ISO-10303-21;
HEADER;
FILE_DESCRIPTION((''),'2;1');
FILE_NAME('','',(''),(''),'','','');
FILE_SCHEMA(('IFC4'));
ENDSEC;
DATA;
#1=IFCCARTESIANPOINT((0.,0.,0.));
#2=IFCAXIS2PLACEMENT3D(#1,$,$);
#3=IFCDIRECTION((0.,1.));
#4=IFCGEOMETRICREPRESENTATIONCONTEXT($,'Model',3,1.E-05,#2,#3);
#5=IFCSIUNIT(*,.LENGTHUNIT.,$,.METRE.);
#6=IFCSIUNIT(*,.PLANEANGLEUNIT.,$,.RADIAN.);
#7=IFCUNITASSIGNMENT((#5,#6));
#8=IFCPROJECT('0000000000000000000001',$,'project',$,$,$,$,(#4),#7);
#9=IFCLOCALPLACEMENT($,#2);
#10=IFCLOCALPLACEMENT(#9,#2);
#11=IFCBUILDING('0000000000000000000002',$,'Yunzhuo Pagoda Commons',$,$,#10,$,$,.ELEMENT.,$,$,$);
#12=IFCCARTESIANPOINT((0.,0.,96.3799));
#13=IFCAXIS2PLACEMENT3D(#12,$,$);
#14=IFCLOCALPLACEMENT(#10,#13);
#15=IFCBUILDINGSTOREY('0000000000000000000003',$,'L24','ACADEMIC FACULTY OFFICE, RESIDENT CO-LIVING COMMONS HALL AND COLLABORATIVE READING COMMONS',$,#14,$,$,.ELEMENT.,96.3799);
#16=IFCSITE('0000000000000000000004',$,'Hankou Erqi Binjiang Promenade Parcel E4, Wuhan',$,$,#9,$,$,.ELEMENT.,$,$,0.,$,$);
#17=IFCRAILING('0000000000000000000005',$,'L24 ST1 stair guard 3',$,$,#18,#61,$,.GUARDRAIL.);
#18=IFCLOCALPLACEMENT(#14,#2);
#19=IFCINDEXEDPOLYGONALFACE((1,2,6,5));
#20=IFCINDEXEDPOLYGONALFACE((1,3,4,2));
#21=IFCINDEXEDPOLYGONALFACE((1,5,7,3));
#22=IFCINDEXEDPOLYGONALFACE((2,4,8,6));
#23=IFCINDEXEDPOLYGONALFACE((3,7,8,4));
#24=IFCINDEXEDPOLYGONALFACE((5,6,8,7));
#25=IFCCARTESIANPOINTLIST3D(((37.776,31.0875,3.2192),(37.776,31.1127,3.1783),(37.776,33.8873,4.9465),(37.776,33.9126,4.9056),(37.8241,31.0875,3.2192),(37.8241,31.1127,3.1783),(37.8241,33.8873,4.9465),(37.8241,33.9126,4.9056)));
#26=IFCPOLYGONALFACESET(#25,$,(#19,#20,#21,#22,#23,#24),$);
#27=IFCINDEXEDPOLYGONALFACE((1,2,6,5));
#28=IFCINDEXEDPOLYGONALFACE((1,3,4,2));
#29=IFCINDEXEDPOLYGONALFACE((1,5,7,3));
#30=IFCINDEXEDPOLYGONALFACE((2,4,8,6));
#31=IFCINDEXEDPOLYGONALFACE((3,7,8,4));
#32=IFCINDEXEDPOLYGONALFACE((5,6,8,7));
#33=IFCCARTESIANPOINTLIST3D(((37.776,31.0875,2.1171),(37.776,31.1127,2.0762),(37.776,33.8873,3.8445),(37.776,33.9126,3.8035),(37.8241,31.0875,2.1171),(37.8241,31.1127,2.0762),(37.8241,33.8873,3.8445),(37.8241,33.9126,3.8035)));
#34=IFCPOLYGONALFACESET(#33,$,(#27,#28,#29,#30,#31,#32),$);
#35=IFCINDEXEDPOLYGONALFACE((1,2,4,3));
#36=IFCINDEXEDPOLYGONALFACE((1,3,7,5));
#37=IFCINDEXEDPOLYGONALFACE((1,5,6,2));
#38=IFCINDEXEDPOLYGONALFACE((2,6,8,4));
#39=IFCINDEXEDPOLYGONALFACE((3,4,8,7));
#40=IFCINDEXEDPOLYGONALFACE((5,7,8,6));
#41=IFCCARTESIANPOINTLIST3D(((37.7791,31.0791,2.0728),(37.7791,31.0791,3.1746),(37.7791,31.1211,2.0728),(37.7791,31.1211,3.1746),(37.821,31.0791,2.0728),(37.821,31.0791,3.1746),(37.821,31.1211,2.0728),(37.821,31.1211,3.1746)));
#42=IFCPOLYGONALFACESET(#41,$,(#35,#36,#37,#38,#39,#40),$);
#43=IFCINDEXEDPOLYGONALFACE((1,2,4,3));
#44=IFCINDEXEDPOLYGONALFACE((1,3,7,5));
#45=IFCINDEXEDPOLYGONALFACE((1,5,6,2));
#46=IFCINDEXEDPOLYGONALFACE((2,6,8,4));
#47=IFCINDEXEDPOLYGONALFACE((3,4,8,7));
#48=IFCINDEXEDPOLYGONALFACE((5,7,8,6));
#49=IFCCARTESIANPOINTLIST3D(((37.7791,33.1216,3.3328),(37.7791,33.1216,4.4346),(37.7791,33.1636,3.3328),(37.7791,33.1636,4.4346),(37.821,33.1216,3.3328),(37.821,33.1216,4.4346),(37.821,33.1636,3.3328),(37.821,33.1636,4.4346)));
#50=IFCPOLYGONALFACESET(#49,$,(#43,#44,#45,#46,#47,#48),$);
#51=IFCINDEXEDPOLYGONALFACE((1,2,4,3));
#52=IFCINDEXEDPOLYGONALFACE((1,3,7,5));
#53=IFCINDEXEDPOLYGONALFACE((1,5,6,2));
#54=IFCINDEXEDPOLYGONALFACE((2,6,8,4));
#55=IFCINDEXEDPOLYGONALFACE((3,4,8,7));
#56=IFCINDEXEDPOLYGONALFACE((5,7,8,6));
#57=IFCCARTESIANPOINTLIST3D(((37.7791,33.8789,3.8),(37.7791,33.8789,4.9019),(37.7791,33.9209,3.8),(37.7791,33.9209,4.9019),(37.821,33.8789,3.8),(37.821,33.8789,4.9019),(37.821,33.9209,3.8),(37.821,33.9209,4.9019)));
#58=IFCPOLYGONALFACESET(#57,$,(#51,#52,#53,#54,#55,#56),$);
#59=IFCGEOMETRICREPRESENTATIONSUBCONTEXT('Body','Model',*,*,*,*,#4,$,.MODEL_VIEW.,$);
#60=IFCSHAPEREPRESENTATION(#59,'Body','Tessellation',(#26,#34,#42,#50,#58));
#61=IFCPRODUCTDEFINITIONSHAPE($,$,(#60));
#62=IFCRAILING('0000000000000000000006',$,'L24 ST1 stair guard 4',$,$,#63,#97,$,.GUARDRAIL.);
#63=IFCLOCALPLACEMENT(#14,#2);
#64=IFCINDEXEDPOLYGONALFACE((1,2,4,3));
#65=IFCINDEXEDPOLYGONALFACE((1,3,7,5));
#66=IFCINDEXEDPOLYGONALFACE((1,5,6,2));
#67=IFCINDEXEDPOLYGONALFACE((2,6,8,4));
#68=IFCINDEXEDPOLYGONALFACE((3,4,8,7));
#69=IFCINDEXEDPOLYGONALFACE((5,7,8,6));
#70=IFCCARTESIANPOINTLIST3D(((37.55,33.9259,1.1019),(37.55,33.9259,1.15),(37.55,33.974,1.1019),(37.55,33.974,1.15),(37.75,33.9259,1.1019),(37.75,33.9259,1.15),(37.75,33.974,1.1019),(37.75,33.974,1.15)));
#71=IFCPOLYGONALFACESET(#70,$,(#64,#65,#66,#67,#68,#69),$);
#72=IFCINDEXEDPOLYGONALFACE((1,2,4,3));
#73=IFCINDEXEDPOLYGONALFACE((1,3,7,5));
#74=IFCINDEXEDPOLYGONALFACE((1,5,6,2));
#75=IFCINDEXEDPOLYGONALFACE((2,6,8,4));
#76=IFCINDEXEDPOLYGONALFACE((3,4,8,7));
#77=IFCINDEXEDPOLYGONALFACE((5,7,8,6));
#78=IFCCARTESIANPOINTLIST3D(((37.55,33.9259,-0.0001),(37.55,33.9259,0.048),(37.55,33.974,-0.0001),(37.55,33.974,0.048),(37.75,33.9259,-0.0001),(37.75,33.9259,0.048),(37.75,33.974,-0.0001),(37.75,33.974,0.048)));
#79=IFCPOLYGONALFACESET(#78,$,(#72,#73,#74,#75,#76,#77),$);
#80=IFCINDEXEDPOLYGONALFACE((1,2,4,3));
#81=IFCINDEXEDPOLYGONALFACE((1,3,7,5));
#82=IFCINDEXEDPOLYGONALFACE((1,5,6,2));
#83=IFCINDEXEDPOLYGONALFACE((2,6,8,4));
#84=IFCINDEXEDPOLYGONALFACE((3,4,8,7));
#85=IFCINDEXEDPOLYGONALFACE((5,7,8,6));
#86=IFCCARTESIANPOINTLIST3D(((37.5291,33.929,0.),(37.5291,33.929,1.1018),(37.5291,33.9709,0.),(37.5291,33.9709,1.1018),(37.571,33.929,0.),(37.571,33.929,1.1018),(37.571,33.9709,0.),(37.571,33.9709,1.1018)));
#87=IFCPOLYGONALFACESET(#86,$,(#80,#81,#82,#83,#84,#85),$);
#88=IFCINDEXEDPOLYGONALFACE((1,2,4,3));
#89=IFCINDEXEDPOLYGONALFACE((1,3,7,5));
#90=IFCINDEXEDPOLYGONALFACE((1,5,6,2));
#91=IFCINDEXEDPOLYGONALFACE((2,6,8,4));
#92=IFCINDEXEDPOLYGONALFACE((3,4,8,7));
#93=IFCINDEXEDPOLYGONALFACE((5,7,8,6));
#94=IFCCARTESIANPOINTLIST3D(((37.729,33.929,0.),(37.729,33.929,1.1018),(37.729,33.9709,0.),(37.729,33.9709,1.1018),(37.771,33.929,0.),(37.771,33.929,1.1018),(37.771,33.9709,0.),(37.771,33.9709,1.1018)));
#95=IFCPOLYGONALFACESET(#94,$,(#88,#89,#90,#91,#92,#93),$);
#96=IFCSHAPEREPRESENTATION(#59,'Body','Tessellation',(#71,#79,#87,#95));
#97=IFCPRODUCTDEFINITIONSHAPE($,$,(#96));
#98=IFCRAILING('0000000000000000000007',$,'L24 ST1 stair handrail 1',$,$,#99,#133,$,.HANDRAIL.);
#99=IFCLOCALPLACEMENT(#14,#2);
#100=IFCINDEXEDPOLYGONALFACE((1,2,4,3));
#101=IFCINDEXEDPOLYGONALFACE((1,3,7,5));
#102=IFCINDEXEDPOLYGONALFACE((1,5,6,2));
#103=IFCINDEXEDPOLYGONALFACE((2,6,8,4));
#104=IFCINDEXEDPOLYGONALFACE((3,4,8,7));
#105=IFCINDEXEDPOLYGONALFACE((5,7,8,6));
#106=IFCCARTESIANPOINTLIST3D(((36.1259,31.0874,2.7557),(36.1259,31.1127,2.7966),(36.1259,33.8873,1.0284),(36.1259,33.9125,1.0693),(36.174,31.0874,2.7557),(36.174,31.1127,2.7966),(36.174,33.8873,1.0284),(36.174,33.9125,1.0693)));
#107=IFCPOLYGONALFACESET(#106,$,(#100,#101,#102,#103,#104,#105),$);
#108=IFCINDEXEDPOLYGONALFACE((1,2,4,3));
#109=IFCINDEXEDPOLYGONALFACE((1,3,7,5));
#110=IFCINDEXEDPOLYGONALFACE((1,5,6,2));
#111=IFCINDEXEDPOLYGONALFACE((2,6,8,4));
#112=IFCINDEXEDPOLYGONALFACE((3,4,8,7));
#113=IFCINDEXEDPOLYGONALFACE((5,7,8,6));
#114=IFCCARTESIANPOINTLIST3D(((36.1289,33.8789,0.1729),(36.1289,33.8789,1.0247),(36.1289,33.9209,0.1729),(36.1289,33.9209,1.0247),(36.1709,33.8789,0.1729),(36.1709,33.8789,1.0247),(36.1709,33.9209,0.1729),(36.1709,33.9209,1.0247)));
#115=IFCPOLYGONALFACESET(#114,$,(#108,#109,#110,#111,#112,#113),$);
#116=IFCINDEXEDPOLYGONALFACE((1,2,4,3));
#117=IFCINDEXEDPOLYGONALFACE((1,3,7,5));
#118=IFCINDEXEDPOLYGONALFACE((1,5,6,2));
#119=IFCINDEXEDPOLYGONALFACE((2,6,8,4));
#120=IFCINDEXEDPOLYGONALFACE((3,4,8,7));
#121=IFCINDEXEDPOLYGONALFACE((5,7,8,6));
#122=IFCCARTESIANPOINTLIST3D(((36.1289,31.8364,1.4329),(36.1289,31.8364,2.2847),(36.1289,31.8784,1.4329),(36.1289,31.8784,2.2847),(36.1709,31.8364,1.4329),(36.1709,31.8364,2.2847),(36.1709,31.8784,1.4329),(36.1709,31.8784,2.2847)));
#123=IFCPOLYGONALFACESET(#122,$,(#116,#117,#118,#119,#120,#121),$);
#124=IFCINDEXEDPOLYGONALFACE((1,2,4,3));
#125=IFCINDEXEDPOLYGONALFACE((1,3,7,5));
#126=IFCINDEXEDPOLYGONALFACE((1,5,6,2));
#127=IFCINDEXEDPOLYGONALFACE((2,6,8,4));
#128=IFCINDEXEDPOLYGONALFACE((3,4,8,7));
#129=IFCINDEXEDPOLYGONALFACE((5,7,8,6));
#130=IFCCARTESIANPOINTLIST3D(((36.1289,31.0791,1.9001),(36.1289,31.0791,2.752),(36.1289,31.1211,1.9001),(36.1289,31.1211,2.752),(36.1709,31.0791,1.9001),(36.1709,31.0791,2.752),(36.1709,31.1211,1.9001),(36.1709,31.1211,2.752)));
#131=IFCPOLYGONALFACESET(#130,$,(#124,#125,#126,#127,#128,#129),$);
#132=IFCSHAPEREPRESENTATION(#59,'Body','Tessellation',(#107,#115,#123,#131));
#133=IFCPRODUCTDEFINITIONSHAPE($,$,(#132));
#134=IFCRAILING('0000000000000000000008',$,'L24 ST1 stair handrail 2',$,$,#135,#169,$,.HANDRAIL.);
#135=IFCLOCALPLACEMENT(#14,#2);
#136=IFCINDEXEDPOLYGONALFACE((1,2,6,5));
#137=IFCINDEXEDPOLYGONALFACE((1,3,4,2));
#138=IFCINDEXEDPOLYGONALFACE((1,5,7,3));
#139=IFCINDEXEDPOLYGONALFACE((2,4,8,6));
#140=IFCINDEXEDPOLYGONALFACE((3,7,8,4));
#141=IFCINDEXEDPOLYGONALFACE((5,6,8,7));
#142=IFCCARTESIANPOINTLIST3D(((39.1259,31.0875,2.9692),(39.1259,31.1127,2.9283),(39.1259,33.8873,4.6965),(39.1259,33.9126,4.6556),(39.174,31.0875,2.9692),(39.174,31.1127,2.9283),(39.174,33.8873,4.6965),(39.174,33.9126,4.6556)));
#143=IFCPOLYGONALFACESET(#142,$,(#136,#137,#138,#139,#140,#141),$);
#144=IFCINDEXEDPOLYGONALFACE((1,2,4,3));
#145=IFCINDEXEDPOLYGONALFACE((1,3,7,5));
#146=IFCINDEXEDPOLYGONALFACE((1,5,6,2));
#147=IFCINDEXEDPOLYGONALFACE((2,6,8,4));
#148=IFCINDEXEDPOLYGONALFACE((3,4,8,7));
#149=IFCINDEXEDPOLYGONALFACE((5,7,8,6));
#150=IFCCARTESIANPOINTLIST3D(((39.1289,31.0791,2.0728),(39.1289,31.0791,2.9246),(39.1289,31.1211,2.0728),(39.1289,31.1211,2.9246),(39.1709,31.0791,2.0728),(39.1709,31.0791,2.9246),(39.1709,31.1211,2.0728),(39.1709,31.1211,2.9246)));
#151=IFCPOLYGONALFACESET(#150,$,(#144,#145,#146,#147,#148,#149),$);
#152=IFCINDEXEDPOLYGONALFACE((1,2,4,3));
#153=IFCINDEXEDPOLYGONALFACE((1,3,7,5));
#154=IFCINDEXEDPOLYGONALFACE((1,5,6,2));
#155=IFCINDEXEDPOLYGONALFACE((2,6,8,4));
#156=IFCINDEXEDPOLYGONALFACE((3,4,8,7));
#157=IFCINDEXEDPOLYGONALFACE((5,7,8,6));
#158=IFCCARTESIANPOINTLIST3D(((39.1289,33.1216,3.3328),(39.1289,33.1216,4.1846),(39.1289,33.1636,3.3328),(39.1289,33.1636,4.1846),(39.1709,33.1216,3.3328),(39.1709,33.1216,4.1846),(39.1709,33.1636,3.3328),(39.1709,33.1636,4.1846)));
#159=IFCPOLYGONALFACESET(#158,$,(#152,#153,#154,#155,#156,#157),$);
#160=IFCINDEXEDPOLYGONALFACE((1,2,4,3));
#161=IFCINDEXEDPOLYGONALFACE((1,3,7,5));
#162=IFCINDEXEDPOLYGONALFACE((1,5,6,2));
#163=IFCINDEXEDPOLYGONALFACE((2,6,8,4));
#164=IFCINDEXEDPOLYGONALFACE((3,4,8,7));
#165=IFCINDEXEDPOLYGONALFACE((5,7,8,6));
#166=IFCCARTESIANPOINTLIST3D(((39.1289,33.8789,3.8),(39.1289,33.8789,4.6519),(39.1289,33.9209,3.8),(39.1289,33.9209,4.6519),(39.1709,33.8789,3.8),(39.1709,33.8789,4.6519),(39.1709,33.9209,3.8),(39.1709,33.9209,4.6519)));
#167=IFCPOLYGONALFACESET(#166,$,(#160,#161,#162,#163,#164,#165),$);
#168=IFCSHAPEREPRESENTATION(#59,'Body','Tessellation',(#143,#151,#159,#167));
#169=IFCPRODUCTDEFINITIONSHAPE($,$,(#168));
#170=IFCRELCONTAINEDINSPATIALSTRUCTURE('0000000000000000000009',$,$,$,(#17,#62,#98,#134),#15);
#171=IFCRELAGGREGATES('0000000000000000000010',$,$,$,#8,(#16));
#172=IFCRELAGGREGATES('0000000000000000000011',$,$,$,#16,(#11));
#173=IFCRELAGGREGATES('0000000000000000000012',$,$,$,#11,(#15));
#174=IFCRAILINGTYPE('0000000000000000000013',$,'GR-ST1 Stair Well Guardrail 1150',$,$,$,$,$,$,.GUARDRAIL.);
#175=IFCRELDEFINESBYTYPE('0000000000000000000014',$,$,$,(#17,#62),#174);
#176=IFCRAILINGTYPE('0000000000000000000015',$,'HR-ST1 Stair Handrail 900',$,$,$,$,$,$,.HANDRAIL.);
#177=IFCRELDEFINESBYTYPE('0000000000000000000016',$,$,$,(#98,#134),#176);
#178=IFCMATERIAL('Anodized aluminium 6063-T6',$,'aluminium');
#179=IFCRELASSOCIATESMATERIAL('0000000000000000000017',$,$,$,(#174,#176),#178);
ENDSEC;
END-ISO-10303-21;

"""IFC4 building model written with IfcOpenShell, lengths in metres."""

from ifc_helpers import new_model, si_unit, direction, frame, origin, origin_2d, place, context, subcontext, project, spatial, rectangle, extrude, material, type_object, element, save


model = new_model("IFC4")

# Units and contexts
model_context = context("Model", 3, precision=1e-05, world=origin(), true_north=direction((0.0, 1.0)))
body_context = subcontext(model_context, "Body", "Model", "MODEL_VIEW")
ifc_project = project(units=[si_unit("LENGTHUNIT", "METRE"), si_unit("PLANEANGLEUNIT", "RADIAN")], contexts=[model_context])

# Site, building, storey
site_placement = place(None, origin())
site = spatial("IfcSite", under=ifc_project, at=site_placement, Name="Hankou Erqi Binjiang Promenade Parcel E4, Wuhan", CompositionType="ELEMENT", RefElevation=0.0)
building_placement = place(site_placement, origin())
building = spatial("IfcBuilding", under=site, at=building_placement, Name="Yunzhuo Pagoda Commons", CompositionType="ELEMENT")
storey_placement = place(building_placement, frame((0.0, 0.0, 96.3799)))
storey = spatial("IfcBuildingStorey", under=building, at=storey_placement, Name="L24", Description="ACADEMIC FACULTY OFFICE, RESIDENT CO-LIVING COMMONS HALL AND COLLABORATIVE READING COMMONS", CompositionType="ELEMENT", Elevation=96.3799)

# Railings
ifc_material_1 = material(Name="Anodized aluminium 6063-T6", Category="aluminium")
railing_type_1 = type_object("IfcRailingType", Name="GR-ST1 Stair Well Guardrail 1150", PredefinedType="GUARDRAIL", material=ifc_material_1)
railing_1_placement = place(storey_placement, frame((37.8, 31.1001, 2.0728)))
element("IfcRailing", 1, at=railing_1_placement, inside=storey, type_object=railing_type_1, Name="L24 ST1 stair guard 3", PredefinedType="GUARDRAIL", context=body_context, shape_type="SweptSolid", body=[
    extrude(rectangle(XDim=0.0481, YDim=0.0481, at=origin_2d()), frame((0.0, 0.0, 1.126), z_axis=(0.0, 0.851069, 0.525054), x_axis=(-1.0, 0.0, 0.0)), (0.0, 0.0, 1.0), 3.2898),
    extrude(rectangle(XDim=0.0481, YDim=0.0481, at=origin_2d()), frame((0.0, 0.0, 0.0239), z_axis=(0.0, 0.851069, 0.525054), x_axis=(-1.0, 0.0, 0.0)), (0.0, 0.0, 1.0), 3.2898),
    extrude(rectangle(XDim=0.042, YDim=0.042, at=origin_2d()), origin(), (0.0, 0.0, 1.0), 1.1018),
    extrude(rectangle(XDim=0.042, YDim=0.042, at=origin_2d()), frame((0.0, 2.0425, 1.26)), (0.0, 0.0, 1.0), 1.1018),
    extrude(rectangle(XDim=0.042, YDim=0.042, at=origin_2d()), frame((0.0, 2.7998, 1.7273)), (0.0, 0.0, 1.0), 1.1018),
])
railing_2_placement = place(storey_placement, frame((37.55, 33.95, 0.0)))
element("IfcRailing", 2, at=railing_2_placement, inside=storey, type_object=railing_type_1, Name="L24 ST1 stair guard 4", PredefinedType="GUARDRAIL", context=body_context, shape_type="SweptSolid", body=[
    extrude(rectangle(XDim=0.0481, YDim=0.0481, at=origin_2d()), frame((0.0, 0.0, 1.126), z_axis=(1.0, 0.0, 0.0), x_axis=(0.0, 1.0, 0.0)), (0.0, 0.0, 1.0), 0.2),
    extrude(rectangle(XDim=0.0481, YDim=0.0481, at=origin_2d()), frame((0.0, 0.0, 0.0239), z_axis=(1.0, 0.0, 0.0), x_axis=(0.0, 1.0, 0.0)), (0.0, 0.0, 1.0), 0.2),
    extrude(rectangle(XDim=0.042, YDim=0.042, at=origin_2d()), origin(), (0.0, 0.0, 1.0), 1.1018),
    extrude(rectangle(XDim=0.042, YDim=0.042, at=origin_2d()), frame((0.2, 0.0, 0.0)), (0.0, 0.0, 1.0), 1.1018),
])
railing_type_2 = type_object("IfcRailingType", Name="HR-ST1 Stair Handrail 900", PredefinedType="HANDRAIL", material=ifc_material_1)
railing_3_placement = place(storey_placement, frame((36.1499, 33.8999, 0.1729)))
element("IfcRailing", 3, at=railing_3_placement, inside=storey, type_object=railing_type_2, Name="L24 ST1 stair handrail 1", PredefinedType="HANDRAIL", context=body_context, shape_type="SweptSolid", body=[
    extrude(rectangle(XDim=0.0481, YDim=0.0481, at=origin_2d()), frame((0.0, 0.0, 0.876), z_axis=(0.0, -0.851069, 0.525054), x_axis=(1.0, 0.0, 0.0)), (0.0, 0.0, 1.0), 3.2898),
    extrude(rectangle(XDim=0.042, YDim=0.042, at=origin_2d()), origin(), (0.0, 0.0, 1.0), 0.8518),
    extrude(rectangle(XDim=0.042, YDim=0.042, at=origin_2d()), frame((0.0, -2.0425, 1.26)), (0.0, 0.0, 1.0), 0.8518),
    extrude(rectangle(XDim=0.042, YDim=0.042, at=origin_2d()), frame((0.0, -2.7998, 1.7273)), (0.0, 0.0, 1.0), 0.8518),
])
railing_4_placement = place(storey_placement, frame((39.1499, 31.1001, 2.0728)))
element("IfcRailing", 4, at=railing_4_placement, inside=storey, type_object=railing_type_2, Name="L24 ST1 stair handrail 2", PredefinedType="HANDRAIL", context=body_context, shape_type="SweptSolid", body=[
    extrude(rectangle(XDim=0.0481, YDim=0.0481, at=origin_2d()), frame((0.0, 0.0, 0.876), z_axis=(0.0, 0.851069, 0.525054), x_axis=(-1.0, 0.0, 0.0)), (0.0, 0.0, 1.0), 3.2898),
    extrude(rectangle(XDim=0.042, YDim=0.042, at=origin_2d()), origin(), (0.0, 0.0, 1.0), 0.8518),
    extrude(rectangle(XDim=0.042, YDim=0.042, at=origin_2d()), frame((0.0, 2.0425, 1.26)), (0.0, 0.0, 1.0), 0.8518),
    extrude(rectangle(XDim=0.042, YDim=0.042, at=origin_2d()), frame((0.0, 2.7998, 1.7273)), (0.0, 0.0, 1.0), 0.8518),
])

save(model, "model.ifc")
